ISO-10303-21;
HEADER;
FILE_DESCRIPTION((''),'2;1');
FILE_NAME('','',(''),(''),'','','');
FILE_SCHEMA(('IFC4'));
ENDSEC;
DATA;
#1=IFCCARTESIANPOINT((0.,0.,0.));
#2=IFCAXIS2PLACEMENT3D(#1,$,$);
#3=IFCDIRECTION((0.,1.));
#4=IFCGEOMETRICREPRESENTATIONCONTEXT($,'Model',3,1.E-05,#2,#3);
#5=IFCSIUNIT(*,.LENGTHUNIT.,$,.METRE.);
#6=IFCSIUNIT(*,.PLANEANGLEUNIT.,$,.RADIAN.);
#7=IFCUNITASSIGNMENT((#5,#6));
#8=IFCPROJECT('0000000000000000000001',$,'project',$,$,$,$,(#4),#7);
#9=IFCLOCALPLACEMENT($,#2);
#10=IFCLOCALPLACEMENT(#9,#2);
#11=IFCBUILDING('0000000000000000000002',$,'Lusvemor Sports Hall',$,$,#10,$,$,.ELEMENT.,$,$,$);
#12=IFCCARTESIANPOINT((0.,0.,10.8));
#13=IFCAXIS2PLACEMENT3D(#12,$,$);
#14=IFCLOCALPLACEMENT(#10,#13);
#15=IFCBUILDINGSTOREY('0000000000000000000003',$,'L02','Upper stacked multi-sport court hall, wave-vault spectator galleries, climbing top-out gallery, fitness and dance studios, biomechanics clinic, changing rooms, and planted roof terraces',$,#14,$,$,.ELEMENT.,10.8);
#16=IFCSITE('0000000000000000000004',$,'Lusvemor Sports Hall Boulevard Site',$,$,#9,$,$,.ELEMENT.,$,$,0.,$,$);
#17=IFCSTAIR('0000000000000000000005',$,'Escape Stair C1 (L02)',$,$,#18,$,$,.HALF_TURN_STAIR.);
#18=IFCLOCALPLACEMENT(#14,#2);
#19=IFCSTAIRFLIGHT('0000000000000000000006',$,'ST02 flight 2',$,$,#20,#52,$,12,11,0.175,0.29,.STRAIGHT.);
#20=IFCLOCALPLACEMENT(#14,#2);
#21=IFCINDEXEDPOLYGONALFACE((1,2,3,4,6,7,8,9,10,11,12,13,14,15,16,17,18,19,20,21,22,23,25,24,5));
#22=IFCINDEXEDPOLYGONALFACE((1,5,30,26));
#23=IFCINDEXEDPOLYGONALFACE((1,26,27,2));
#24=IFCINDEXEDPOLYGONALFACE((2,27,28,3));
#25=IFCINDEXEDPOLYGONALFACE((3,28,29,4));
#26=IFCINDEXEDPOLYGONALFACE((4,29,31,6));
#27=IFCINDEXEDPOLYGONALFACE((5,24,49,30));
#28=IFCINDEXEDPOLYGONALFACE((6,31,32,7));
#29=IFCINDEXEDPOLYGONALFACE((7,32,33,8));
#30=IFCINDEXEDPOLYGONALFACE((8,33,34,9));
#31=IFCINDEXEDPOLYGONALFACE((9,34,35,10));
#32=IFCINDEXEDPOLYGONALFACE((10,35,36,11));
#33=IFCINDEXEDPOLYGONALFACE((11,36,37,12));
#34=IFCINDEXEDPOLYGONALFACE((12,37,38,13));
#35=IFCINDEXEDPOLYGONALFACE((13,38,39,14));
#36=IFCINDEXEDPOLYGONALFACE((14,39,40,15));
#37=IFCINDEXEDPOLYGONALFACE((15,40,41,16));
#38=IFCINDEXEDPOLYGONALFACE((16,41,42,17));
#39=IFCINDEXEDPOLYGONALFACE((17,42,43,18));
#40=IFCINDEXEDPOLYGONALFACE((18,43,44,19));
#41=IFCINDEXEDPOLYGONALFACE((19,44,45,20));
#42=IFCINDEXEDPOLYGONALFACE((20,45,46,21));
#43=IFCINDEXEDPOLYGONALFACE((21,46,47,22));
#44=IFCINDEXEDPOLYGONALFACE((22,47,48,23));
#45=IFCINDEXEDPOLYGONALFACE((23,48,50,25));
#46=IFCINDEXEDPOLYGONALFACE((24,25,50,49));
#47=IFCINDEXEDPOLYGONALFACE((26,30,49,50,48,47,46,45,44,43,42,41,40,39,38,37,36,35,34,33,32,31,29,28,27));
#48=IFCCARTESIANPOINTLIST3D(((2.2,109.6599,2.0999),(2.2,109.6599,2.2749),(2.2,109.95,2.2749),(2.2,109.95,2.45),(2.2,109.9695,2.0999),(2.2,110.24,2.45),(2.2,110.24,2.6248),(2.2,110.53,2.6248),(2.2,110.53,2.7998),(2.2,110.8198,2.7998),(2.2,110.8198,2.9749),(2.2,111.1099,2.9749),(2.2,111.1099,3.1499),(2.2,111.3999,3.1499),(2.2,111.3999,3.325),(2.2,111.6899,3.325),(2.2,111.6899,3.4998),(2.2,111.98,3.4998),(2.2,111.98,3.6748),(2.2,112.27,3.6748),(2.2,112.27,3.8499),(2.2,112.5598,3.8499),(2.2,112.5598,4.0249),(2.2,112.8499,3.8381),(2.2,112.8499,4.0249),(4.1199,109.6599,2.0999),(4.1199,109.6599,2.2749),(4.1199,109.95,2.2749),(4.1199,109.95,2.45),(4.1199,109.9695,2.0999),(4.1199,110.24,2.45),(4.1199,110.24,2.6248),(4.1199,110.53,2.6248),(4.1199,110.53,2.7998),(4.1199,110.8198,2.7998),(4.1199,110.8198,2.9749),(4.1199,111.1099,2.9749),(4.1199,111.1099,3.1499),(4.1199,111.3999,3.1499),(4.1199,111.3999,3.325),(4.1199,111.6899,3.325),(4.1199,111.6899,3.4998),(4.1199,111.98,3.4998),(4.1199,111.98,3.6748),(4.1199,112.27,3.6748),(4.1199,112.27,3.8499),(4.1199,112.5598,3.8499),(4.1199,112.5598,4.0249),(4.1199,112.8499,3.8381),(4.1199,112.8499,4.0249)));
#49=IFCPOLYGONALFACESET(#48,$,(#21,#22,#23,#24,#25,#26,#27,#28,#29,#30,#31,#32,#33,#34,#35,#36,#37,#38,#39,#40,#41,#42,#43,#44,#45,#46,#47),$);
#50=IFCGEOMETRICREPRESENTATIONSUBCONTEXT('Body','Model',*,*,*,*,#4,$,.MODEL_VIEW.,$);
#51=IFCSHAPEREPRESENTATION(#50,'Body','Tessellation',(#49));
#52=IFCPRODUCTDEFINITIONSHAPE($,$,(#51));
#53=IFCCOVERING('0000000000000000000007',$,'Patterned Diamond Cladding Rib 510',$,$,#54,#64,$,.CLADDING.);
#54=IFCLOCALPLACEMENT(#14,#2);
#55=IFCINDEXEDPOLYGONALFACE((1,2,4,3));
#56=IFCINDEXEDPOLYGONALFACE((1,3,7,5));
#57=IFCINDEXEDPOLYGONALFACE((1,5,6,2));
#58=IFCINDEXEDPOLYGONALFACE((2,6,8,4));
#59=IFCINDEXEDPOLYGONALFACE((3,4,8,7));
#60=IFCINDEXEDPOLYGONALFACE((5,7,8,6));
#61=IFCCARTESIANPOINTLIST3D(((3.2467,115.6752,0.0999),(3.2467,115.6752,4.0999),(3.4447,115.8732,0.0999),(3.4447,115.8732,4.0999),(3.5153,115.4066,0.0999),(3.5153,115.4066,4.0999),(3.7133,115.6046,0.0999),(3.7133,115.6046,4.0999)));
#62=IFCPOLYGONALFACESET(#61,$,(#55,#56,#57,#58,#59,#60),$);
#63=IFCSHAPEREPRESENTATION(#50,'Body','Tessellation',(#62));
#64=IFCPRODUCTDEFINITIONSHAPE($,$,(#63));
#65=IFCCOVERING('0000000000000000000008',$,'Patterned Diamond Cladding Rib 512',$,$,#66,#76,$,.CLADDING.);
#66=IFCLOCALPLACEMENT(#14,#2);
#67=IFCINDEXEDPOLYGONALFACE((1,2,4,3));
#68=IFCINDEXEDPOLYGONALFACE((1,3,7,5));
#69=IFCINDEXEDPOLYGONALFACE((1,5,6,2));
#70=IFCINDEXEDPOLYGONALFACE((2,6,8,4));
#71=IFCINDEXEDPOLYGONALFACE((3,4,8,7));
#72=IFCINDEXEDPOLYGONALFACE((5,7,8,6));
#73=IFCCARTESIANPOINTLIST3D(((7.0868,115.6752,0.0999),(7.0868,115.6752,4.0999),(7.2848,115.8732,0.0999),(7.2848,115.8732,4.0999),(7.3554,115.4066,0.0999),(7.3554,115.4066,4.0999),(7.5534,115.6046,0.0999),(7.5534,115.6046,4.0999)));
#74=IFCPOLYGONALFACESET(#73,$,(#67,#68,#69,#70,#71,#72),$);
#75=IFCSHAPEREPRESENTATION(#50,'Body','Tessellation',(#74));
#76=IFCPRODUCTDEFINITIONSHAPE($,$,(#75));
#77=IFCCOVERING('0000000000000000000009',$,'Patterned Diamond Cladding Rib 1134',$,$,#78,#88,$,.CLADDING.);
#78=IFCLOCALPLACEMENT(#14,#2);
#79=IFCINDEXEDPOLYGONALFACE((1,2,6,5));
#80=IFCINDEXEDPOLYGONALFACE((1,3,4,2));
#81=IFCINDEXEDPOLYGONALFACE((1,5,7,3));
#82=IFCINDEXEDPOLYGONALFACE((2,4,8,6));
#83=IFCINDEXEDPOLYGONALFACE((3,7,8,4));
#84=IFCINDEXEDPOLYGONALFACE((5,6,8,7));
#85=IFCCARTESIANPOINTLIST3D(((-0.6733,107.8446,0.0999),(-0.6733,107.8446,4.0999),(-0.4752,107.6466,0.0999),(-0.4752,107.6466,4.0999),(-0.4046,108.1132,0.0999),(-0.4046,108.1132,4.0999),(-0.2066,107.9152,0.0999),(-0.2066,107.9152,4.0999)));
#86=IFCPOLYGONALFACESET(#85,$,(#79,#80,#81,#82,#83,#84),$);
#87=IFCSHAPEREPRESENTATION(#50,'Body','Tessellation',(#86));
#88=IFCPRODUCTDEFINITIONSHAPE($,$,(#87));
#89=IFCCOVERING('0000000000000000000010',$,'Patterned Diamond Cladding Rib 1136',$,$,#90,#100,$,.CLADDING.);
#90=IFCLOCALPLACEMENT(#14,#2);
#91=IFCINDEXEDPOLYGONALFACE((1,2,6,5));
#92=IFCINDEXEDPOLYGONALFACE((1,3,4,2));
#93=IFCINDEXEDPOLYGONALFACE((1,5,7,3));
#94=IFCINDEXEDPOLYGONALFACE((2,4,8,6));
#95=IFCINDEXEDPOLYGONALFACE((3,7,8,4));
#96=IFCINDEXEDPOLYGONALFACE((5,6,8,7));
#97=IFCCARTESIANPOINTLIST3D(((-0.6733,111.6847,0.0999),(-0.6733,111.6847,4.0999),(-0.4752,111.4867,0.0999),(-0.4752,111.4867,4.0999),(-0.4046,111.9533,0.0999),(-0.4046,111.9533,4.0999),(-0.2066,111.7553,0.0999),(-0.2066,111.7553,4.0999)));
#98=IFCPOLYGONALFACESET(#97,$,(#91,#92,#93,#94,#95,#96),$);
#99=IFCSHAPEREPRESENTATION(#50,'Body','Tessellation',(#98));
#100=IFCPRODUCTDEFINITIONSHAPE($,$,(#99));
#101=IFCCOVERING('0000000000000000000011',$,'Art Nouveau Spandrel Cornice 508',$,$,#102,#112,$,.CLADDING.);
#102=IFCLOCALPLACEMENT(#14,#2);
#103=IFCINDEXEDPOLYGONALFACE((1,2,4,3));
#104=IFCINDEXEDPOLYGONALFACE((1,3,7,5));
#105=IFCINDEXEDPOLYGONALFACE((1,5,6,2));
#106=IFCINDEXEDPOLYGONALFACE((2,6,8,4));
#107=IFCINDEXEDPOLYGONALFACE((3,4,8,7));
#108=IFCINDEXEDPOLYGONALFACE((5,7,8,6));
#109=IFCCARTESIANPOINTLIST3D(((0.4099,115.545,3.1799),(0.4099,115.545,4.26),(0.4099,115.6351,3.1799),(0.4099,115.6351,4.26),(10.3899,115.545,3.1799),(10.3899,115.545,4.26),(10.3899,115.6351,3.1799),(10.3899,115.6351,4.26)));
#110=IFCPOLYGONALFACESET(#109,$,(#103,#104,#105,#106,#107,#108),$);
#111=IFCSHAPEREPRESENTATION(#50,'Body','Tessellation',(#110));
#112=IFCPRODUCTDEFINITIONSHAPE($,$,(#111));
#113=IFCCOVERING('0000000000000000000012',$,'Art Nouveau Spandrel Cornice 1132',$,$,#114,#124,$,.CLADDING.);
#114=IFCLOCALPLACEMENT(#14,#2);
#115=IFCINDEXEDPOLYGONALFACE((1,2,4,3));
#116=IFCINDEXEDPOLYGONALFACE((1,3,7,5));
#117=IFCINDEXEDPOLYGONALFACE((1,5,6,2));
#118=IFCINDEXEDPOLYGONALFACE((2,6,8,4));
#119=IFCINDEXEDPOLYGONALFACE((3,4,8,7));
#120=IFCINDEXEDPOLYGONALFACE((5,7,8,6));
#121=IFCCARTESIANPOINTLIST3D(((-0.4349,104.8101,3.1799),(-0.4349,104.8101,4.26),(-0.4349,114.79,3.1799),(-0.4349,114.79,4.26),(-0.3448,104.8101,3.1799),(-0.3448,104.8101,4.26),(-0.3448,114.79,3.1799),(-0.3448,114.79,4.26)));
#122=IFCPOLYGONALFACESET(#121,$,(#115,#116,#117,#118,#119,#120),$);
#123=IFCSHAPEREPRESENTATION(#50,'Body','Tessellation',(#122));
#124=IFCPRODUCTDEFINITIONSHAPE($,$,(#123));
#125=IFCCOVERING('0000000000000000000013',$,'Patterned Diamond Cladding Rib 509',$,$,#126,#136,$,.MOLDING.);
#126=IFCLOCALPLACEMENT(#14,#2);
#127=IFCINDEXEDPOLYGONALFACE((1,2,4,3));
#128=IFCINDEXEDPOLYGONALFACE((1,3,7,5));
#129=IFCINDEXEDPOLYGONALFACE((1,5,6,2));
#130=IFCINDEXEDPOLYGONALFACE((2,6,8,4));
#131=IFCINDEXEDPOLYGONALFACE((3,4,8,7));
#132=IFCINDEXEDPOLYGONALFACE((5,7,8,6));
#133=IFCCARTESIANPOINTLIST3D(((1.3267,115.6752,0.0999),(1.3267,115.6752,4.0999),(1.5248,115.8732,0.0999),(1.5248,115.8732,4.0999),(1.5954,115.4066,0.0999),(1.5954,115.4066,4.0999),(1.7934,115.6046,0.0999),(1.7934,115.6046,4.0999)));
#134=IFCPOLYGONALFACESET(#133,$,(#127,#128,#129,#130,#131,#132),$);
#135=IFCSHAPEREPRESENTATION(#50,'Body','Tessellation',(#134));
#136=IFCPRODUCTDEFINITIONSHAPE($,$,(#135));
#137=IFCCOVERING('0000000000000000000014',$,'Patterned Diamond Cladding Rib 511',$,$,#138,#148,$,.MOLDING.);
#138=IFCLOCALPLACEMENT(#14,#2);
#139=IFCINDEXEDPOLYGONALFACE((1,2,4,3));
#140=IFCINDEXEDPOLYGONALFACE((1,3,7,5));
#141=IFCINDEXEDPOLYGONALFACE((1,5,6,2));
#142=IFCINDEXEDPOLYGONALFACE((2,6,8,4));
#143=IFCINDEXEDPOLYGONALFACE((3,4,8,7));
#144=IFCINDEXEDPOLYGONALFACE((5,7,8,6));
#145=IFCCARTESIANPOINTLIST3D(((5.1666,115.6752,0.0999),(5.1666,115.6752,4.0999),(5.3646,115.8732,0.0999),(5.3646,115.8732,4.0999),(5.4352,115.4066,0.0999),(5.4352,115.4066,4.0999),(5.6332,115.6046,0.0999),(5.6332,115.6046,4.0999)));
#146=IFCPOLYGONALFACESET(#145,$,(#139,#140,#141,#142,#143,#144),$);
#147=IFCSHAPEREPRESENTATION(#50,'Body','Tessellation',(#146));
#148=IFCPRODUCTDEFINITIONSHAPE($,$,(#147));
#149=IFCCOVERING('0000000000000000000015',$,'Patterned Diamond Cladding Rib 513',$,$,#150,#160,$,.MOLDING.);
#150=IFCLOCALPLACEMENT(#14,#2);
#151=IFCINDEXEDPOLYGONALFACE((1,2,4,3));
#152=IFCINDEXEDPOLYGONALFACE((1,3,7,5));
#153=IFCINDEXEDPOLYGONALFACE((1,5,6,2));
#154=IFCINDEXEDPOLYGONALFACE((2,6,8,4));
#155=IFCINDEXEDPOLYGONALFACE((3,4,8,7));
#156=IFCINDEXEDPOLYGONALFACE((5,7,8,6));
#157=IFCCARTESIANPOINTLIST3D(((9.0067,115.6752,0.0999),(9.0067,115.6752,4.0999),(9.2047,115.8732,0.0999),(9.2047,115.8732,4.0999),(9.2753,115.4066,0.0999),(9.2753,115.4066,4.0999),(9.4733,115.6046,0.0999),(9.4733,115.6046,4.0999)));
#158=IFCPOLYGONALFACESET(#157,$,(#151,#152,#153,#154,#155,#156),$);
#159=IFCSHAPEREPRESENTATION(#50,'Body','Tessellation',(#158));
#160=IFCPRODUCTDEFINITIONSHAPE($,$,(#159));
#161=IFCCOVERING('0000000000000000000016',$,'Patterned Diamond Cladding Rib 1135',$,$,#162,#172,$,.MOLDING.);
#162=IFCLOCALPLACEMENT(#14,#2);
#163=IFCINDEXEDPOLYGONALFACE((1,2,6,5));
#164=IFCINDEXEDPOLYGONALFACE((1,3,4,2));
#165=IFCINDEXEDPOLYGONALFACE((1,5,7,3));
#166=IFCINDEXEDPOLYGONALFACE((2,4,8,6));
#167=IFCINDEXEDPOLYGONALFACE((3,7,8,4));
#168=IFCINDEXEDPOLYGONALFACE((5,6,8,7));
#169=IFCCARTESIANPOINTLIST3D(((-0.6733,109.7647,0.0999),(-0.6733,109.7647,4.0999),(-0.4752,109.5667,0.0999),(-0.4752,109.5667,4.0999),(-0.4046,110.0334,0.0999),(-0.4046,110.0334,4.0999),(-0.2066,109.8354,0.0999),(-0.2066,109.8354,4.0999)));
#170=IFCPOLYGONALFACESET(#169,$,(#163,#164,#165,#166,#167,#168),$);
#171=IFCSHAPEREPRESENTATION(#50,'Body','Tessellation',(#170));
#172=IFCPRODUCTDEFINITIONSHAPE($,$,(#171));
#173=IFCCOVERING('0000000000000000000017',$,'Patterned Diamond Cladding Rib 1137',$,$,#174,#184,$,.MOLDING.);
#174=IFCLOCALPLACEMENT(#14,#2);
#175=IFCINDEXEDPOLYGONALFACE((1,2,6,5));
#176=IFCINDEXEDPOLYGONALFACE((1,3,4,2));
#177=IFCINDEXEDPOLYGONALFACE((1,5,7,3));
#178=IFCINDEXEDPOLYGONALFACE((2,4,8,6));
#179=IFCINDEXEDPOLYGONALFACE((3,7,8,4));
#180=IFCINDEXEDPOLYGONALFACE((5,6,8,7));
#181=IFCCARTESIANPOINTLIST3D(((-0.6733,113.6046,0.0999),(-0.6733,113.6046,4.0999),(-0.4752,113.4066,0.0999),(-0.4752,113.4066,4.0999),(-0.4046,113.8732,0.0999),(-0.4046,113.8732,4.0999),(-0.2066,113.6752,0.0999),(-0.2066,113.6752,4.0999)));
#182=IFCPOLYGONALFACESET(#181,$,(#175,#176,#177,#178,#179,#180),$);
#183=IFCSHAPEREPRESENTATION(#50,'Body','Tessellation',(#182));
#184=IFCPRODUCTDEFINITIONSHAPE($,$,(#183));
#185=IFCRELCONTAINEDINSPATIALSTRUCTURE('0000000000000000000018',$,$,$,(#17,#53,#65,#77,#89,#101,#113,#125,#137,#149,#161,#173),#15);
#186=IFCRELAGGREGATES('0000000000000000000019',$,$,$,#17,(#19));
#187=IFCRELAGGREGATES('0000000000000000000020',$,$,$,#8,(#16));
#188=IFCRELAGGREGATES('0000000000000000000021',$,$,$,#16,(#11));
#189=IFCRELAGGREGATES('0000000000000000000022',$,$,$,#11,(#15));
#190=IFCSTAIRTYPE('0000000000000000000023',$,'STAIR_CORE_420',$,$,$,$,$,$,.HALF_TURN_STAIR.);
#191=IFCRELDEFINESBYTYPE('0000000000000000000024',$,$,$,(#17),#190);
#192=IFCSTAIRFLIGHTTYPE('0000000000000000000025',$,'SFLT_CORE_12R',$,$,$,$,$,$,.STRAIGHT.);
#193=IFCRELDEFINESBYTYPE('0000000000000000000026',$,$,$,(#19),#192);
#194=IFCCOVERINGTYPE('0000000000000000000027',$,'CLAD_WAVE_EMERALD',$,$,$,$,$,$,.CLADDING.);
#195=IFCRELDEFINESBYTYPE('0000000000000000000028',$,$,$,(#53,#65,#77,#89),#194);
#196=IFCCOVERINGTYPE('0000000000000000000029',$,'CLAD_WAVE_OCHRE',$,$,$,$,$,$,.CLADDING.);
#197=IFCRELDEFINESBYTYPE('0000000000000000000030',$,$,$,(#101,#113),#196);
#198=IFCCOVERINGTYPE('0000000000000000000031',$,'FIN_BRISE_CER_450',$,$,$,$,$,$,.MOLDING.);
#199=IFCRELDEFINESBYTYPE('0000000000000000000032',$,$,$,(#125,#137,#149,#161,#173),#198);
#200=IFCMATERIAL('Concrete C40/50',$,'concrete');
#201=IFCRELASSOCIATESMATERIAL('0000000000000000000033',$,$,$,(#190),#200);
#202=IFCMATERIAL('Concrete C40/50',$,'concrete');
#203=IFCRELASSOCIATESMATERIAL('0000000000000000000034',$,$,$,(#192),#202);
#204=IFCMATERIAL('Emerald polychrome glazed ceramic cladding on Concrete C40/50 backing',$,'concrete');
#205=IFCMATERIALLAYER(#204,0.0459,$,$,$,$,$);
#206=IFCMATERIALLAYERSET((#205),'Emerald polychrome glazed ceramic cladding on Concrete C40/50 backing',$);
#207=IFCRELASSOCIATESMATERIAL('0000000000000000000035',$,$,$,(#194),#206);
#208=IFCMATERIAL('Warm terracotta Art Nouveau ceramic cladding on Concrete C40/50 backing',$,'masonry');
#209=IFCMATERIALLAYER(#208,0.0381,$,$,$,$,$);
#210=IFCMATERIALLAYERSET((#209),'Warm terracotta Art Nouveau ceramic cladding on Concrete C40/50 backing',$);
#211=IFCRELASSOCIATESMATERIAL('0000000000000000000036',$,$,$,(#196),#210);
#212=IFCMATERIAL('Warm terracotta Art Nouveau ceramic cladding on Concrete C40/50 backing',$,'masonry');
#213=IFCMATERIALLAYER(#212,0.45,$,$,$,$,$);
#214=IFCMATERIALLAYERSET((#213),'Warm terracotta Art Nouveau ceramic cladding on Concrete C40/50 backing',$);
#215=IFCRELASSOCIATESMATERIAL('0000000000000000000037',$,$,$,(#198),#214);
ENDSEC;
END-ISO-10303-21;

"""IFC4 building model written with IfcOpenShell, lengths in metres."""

from ifc_helpers import new_model, si_unit, direction, frame, origin, origin_2d, place, context, subcontext, project, spatial, polyline, rectangle, outline, extrude, material, layer, layer_set, type_object, element, aggregate, save


model = new_model("IFC4")

# Units and contexts
model_context = context("Model", 3, precision=1e-05, world=origin(), true_north=direction((0.0, 1.0)))
body_context = subcontext(model_context, "Body", "Model", "MODEL_VIEW")
ifc_project = project(units=[si_unit("LENGTHUNIT", "METRE"), si_unit("PLANEANGLEUNIT", "RADIAN")], contexts=[model_context])

# Site, building, storey
site_placement = place(None, origin())
site = spatial("IfcSite", under=ifc_project, at=site_placement, Name="Lusvemor Sports Hall Boulevard Site", CompositionType="ELEMENT", RefElevation=0.0)
building_placement = place(site_placement, origin())
building = spatial("IfcBuilding", under=site, at=building_placement, Name="Lusvemor Sports Hall", CompositionType="ELEMENT")
storey_placement = place(building_placement, frame((0.0, 0.0, 10.8)))
storey = spatial("IfcBuildingStorey", under=building, at=storey_placement, Name="L02", Description="Upper stacked multi-sport court hall, wave-vault spectator galleries, climbing top-out gallery, fitness and dance studios, biomechanics clinic, changing rooms, and planted roof terraces", CompositionType="ELEMENT", Elevation=10.8)

# Stair, stair flight
ifc_material_1 = material(Name="Concrete C40/50", Category="concrete")
stair_type = type_object("IfcStairType", Name="STAIR_CORE_420", PredefinedType="HALF_TURN_STAIR", material=ifc_material_1)
stair_placement = place(storey_placement, origin())
stair = element("IfcStair", 1, at=stair_placement, inside=storey, type_object=stair_type, Name="Escape Stair C1 (L02)", PredefinedType="HALF_TURN_STAIR")
ifc_material_2 = material(Name="Concrete C40/50", Category="concrete")
stair_flight_type = type_object("IfcStairFlightType", Name="SFLT_CORE_12R", PredefinedType="STRAIGHT", material=ifc_material_2)
stair_flight_1_placement = place(storey_placement, frame((3.1599, 109.6599, 2.0999), z_axis=(0.0, 0.0, 1.0), x_axis=(0.0, 1.0, 0.0)))
stair_flight_1 = element("IfcStairFlight", 2, at=stair_flight_1_placement, type_object=stair_flight_type, Name="ST02 flight 2", NumberOfRisers=12, NumberOfTreads=11, PredefinedType="STRAIGHT", RiserHeight=0.175, TreadLength=0.29, context=body_context, shape_type="SweptSolid", body=[
    extrude(outline(polyline([(0.0, 0.0), (0.0, 0.175), (0.29, 0.175), (0.29, 0.3501), (0.5801, 0.3501), (0.5801, 0.5249), (0.8701, 0.5249), (0.8701, 0.7), (1.1599, 0.7), (1.1599, 0.875), (1.45, 0.875), (1.45, 1.05), (1.74, 1.05), (1.74, 1.2251), (2.03, 1.2251), (2.03, 1.3999), (2.3201, 1.3999), (2.3201, 1.575), (2.6101, 1.575), (2.6101, 1.75), (2.8999, 1.75), (2.8999, 1.925), (3.1899, 1.925), (3.1899, 2.1001), (3.1899, 1.7383), (0.3096, 0.0), (0.0, 0.0)])), frame((0.0, 0.96, 0.0), z_axis=(0.0, -1.0, 0.0), x_axis=(1.0, 0.0, 0.0)), (0.0, 0.0, 1.0), 1.9199),
])
aggregate(stair, [stair_flight_1])

# Coverings
ifc_material_3 = material(Name="Emerald polychrome glazed ceramic cladding on Concrete C40/50 backing", Category="concrete")
ifc_layer_1 = layer(ifc_material_3, 0.0459)
ifc_layer_set_1 = layer_set([ifc_layer_1], Name="Emerald polychrome glazed ceramic cladding on Concrete C40/50 backing")
covering_type_1 = type_object("IfcCoveringType", Name="CLAD_WAVE_EMERALD", PredefinedType="CLADDING", material=ifc_layer_set_1)
for number, where, z_axis, x_axis, name in (
    (3, (3.48, 115.6399, 0.0999), (0.0, 0.0, 1.0), (0.707107, 0.707107, 0.0), "Patterned Diamond Cladding Rib 510"),
    (4, (7.3201, 115.6399, 0.0999), (0.0, 0.0, 1.0), (0.707107, 0.707107, 0.0), "Patterned Diamond Cladding Rib 512"),
):
    element("IfcCovering", number, at=place(storey_placement, frame(where, z_axis=z_axis, x_axis=x_axis)), inside=storey, type_object=covering_type_1, Name=name, PredefinedType="CLADDING", context=body_context, shape_type="SweptSolid", body=[
        extrude(rectangle(XDim=0.28, YDim=0.3799, at=origin_2d()), origin(), (0.0, 0.0, 1.0), 4.0),
    ])
for number, where, z_axis, x_axis, name in (
    (5, (-0.4399, 107.8799, 0.0999), (0.0, 0.0, 1.0), (0.707107, 0.707107, 0.0), "Patterned Diamond Cladding Rib 1134"),
    (6, (-0.4399, 111.72, 0.0999), (0.0, 0.0, 1.0), (0.707107, 0.707107, 0.0), "Patterned Diamond Cladding Rib 1136"),
):
    element("IfcCovering", number, at=place(storey_placement, frame(where, z_axis=z_axis, x_axis=x_axis)), inside=storey, type_object=covering_type_1, Name=name, PredefinedType="CLADDING", context=body_context, shape_type="SweptSolid", body=[
        extrude(rectangle(XDim=0.3799, YDim=0.28, at=origin_2d()), origin(), (0.0, 0.0, 1.0), 4.0),
    ])
ifc_material_4 = material(Name="Warm terracotta Art Nouveau ceramic cladding on Concrete C40/50 backing", Category="masonry")
ifc_layer_2 = layer(ifc_material_4, 0.0381)
ifc_layer_set_2 = layer_set([ifc_layer_2], Name="Warm terracotta Art Nouveau ceramic cladding on Concrete C40/50 backing")
covering_type_2 = type_object("IfcCoveringType", Name="CLAD_WAVE_OCHRE", PredefinedType="CLADDING", material=ifc_layer_set_2)
covering_1_placement = place(storey_placement, frame((5.3999, 115.5901, 3.1799), z_axis=(0.0, 0.0, 1.0), x_axis=(1.0, 0.0, 0.0)))
element("IfcCovering", 7, at=covering_1_placement, inside=storey, type_object=covering_type_2, Name="Art Nouveau Spandrel Cornice 508", PredefinedType="CLADDING", context=body_context, shape_type="SweptSolid", body=[
    extrude(rectangle(XDim=9.98, YDim=0.0901, at=origin_2d()), origin(), (0.0, 0.0, 1.0), 1.0801),
])
covering_2_placement = place(storey_placement, frame((-0.3899, 109.8, 3.1799), z_axis=(0.0, 0.0, 1.0), x_axis=(1.0, 0.0, 0.0)))
element("IfcCovering", 8, at=covering_2_placement, inside=storey, type_object=covering_type_2, Name="Art Nouveau Spandrel Cornice 1132", PredefinedType="CLADDING", context=body_context, shape_type="SweptSolid", body=[
    extrude(rectangle(XDim=0.0901, YDim=9.98, at=origin_2d()), origin(), (0.0, 0.0, 1.0), 1.0801),
])
ifc_material_5 = material(Name="Warm terracotta Art Nouveau ceramic cladding on Concrete C40/50 backing", Category="masonry")
ifc_layer_3 = layer(ifc_material_5, 0.45)
ifc_layer_set_3 = layer_set([ifc_layer_3], Name="Warm terracotta Art Nouveau ceramic cladding on Concrete C40/50 backing")
covering_type_3 = type_object("IfcCoveringType", Name="FIN_BRISE_CER_450", PredefinedType="MOLDING", material=ifc_layer_set_3)
for number, where, z_axis, x_axis, name in (
    (9, (1.5601, 115.6399, 0.0999), (0.0, 0.0, 1.0), (0.707107, 0.707107, 0.0), "Patterned Diamond Cladding Rib 509"),
    (10, (5.3999, 115.6399, 0.0999), (0.0, 0.0, 1.0), (0.707107, 0.707107, 0.0), "Patterned Diamond Cladding Rib 511"),
    (11, (9.24, 115.6399, 0.0999), (0.0, 0.0, 1.0), (0.707107, 0.707107, 0.0), "Patterned Diamond Cladding Rib 513"),
):
    element("IfcCovering", number, at=place(storey_placement, frame(where, z_axis=z_axis, x_axis=x_axis)), inside=storey, type_object=covering_type_3, Name=name, PredefinedType="MOLDING", context=body_context, shape_type="SweptSolid", body=[
        extrude(rectangle(XDim=0.28, YDim=0.3799, at=origin_2d()), origin(), (0.0, 0.0, 1.0), 4.0),
    ])
for number, where, z_axis, x_axis, name in (
    (12, (-0.4399, 109.8, 0.0999), (0.0, 0.0, 1.0), (0.707107, 0.707107, 0.0), "Patterned Diamond Cladding Rib 1135"),
    (13, (-0.4399, 113.6399, 0.0999), (0.0, 0.0, 1.0), (0.707107, 0.707107, 0.0), "Patterned Diamond Cladding Rib 1137"),
):
    element("IfcCovering", number, at=place(storey_placement, frame(where, z_axis=z_axis, x_axis=x_axis)), inside=storey, type_object=covering_type_3, Name=name, PredefinedType="MOLDING", context=body_context, shape_type="SweptSolid", body=[
        extrude(rectangle(XDim=0.3799, YDim=0.28, at=origin_2d()), origin(), (0.0, 0.0, 1.0), 4.0),
    ])

save(model, "model.ifc")
